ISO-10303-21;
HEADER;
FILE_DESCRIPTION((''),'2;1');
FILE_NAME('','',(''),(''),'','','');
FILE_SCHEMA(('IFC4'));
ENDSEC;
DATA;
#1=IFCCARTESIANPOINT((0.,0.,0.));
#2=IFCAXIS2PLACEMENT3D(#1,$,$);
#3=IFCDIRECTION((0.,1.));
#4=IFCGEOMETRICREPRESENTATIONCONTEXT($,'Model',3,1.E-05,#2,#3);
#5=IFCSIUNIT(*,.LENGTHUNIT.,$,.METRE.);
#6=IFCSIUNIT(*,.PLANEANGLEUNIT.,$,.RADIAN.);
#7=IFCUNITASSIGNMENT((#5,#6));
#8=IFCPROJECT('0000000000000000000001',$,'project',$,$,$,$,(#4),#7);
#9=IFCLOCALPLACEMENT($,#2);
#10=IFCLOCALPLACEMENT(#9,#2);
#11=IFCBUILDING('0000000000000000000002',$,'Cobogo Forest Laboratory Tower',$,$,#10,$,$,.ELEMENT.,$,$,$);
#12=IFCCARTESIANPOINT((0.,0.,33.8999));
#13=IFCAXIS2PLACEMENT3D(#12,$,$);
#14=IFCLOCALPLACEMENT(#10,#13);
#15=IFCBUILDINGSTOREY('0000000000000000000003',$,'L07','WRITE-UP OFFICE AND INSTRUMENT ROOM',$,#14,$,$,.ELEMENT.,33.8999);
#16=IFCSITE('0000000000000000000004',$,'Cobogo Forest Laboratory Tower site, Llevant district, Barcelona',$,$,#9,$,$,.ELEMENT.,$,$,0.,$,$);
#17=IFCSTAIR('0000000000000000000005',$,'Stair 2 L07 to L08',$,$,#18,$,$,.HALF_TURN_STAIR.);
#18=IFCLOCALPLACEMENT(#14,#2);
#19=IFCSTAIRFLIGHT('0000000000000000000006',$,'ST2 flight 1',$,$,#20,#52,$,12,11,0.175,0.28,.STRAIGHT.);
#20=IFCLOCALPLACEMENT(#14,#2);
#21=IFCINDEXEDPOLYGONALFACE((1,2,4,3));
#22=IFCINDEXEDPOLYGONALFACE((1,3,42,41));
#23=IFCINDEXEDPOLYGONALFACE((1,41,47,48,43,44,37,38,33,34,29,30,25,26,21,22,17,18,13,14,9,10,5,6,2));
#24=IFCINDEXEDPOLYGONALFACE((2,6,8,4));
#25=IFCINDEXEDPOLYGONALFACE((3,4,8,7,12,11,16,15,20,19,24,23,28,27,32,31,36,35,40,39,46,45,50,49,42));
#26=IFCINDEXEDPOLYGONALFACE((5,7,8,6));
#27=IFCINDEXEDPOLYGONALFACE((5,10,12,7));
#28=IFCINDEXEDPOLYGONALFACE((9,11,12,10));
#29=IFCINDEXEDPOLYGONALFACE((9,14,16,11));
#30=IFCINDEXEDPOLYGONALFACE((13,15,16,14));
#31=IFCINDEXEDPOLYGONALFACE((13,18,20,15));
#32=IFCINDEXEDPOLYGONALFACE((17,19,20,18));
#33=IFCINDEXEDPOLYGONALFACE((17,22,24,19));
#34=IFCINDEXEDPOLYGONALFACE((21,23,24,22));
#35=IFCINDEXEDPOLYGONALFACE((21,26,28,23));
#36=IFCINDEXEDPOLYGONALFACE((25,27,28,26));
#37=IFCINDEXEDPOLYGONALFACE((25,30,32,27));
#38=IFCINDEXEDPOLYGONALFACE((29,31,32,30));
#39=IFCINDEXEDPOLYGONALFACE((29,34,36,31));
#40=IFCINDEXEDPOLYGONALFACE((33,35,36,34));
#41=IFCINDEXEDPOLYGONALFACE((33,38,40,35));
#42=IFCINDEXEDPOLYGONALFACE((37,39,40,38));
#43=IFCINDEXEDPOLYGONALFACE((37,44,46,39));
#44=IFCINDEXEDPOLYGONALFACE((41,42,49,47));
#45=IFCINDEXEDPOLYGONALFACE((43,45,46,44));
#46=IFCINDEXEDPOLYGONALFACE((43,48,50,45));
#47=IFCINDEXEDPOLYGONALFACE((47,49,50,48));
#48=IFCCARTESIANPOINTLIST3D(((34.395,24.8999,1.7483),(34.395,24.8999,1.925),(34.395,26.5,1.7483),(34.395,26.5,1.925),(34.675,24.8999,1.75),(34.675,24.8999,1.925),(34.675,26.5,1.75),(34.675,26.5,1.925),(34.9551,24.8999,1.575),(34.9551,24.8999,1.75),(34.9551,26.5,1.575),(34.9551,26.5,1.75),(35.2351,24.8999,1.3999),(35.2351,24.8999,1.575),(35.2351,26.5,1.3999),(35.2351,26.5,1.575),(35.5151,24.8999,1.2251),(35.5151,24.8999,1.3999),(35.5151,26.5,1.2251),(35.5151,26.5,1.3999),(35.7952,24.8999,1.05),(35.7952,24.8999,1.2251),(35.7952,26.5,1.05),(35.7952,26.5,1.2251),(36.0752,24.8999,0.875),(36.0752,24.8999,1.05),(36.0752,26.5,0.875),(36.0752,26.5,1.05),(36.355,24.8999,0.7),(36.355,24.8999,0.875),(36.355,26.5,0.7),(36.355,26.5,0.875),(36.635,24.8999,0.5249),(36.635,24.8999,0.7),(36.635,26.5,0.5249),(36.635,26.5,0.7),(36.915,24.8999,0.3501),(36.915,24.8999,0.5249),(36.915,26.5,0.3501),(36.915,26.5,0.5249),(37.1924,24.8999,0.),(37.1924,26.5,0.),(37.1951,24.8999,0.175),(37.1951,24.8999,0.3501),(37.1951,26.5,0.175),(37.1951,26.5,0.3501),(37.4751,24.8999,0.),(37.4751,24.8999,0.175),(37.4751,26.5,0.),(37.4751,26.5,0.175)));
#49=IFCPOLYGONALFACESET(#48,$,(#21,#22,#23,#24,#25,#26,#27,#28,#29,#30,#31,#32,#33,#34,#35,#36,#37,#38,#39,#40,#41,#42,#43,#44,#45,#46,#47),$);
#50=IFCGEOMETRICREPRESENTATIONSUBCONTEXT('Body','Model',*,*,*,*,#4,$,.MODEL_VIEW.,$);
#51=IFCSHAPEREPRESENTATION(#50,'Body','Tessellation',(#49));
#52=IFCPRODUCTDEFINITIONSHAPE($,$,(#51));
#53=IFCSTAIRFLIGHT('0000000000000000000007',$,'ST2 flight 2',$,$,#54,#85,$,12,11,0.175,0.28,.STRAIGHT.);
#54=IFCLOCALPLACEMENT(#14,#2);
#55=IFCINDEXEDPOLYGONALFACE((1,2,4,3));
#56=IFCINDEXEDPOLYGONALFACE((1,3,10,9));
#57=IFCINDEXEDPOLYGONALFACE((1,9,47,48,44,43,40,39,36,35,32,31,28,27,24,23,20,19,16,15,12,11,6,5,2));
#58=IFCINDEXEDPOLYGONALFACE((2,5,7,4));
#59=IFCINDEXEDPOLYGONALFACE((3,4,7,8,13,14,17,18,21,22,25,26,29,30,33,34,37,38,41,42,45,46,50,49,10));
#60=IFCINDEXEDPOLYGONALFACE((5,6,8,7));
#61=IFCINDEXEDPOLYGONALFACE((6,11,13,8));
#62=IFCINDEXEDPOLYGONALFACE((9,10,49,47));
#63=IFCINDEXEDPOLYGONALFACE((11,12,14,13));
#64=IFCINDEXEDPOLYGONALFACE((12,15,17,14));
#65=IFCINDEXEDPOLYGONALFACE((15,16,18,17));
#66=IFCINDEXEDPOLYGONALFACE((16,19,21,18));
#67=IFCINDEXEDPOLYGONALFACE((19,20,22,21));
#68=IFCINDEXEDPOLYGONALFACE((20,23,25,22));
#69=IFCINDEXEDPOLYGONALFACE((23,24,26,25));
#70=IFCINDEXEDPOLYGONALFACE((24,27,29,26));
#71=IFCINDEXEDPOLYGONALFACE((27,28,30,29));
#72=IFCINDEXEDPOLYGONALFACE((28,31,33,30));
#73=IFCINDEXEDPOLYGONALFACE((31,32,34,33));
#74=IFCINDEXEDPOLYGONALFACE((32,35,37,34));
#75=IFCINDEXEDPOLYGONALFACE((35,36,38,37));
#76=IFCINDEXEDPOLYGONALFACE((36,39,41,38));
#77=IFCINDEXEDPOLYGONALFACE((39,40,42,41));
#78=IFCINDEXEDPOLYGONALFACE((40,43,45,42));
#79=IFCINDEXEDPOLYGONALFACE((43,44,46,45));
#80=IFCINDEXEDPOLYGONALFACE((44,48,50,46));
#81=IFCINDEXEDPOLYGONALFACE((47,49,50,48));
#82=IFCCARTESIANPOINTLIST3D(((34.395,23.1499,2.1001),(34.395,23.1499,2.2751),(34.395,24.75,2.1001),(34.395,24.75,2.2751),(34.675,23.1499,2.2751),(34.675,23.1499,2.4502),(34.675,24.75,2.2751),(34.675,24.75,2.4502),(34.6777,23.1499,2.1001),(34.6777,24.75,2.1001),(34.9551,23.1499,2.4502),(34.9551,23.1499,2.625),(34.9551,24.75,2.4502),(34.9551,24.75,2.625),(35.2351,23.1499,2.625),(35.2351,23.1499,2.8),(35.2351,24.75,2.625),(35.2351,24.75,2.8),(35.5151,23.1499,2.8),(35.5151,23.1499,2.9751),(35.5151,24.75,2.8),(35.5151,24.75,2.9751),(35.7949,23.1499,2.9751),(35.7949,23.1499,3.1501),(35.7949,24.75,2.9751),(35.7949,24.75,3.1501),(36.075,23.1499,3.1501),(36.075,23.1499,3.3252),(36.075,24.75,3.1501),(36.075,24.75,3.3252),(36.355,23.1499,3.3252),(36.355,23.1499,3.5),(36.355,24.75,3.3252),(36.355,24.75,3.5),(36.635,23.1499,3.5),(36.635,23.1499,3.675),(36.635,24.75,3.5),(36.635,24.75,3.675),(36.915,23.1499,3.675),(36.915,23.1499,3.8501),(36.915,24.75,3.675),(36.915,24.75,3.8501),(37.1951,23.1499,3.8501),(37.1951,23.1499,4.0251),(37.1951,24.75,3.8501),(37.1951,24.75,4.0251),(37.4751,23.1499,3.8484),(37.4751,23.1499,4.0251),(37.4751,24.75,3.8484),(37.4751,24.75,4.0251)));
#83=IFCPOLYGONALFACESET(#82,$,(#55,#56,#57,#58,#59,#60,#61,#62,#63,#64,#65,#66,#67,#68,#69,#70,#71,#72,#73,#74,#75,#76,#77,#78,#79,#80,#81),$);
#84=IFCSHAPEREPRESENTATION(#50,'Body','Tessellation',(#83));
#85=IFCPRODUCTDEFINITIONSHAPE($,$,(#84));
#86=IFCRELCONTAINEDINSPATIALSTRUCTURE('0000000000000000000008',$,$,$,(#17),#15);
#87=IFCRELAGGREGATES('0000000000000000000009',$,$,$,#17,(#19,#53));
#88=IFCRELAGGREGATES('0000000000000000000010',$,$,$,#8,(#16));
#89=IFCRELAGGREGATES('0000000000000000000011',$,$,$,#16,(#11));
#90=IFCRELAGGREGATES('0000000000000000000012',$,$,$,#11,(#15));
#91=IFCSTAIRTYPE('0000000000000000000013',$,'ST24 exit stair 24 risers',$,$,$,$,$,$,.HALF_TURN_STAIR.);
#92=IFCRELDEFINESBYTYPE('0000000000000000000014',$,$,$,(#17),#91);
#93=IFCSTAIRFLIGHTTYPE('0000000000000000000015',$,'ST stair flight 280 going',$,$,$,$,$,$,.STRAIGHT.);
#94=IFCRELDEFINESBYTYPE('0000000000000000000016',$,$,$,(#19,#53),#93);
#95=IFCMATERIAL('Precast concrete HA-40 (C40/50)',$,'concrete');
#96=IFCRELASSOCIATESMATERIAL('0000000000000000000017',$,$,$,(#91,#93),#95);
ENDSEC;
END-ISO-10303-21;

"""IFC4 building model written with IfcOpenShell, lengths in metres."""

from ifc_helpers import new_model, si_unit, direction, frame, origin, place, context, subcontext, project, spatial, polyline, outline, extrude, material, type_object, element, aggregate, save


model = new_model("IFC4")

# Units and contexts
model_context = context("Model", 3, precision=1e-05, world=origin(), true_north=direction((0.0, 1.0)))
body_context = subcontext(model_context, "Body", "Model", "MODEL_VIEW")
ifc_project = project(units=[si_unit("LENGTHUNIT", "METRE"), si_unit("PLANEANGLEUNIT", "RADIAN")], contexts=[model_context])

# Site, building, storey
site_placement = place(None, origin())
site = spatial("IfcSite", under=ifc_project, at=site_placement, Name="Cobogo Forest Laboratory Tower site, Llevant district, Barcelona", CompositionType="ELEMENT", RefElevation=0.0)
building_placement = place(site_placement, origin())
building = spatial("IfcBuilding", under=site, at=building_placement, Name="Cobogo Forest Laboratory Tower", CompositionType="ELEMENT")
storey_placement = place(building_placement, frame((0.0, 0.0, 33.8999)))
storey = spatial("IfcBuildingStorey", under=building, at=storey_placement, Name="L07", Description="WRITE-UP OFFICE AND INSTRUMENT ROOM", CompositionType="ELEMENT", Elevation=33.8999)

# Stair, stair flights
ifc_material_1 = material(Name="Precast concrete HA-40 (C40/50)", Category="concrete")
stair_type = type_object("IfcStairType", Name="ST24 exit stair 24 risers", PredefinedType="HALF_TURN_STAIR", material=ifc_material_1)
stair_placement = place(storey_placement, origin())
stair = element("IfcStair", 1, at=stair_placement, inside=storey, type_object=stair_type, Name="Stair 2 L07 to L08", PredefinedType="HALF_TURN_STAIR")
stair_flight_type = type_object("IfcStairFlightType", Name="ST stair flight 280 going", PredefinedType="STRAIGHT", material=ifc_material_1)
stair_flight_1_placement = place(storey_placement, frame((37.4751, 25.7, 0.0), z_axis=(0.0, 0.0, 1.0), x_axis=(-1.0, 0.0, 0.0)))
stair_flight_1 = element("IfcStairFlight", 2, at=stair_flight_1_placement, type_object=stair_flight_type, Name="ST2 flight 1", NumberOfRisers=12, NumberOfTreads=11, PredefinedType="STRAIGHT", RiserHeight=0.175, TreadLength=0.28, context=body_context, shape_type="SweptSolid", body=[
    extrude(outline(polyline([(0.0, 0.0), (0.0, 0.175), (0.28, 0.175), (0.28, 0.3501), (0.5601, 0.3501), (0.5601, 0.5249), (0.8401, 0.5249), (0.8401, 0.7), (1.1201, 0.7), (1.1201, 0.875), (1.3999, 0.875), (1.3999, 1.05), (1.6799, 1.05), (1.6799, 1.2251), (1.96, 1.2251), (1.96, 1.3999), (2.24, 1.3999), (2.24, 1.575), (2.52, 1.575), (2.52, 1.75), (2.8, 1.75), (2.8, 1.925), (3.0801, 1.925), (3.0801, 2.1001), (3.0801, 1.7483), (0.2827, 0.0), (0.0, 0.0)])), frame((0.0, 0.8, 0.0), z_axis=(0.0, -1.0, 0.0), x_axis=(1.0, 0.0, 0.0)), (0.0, 0.0, 1.0), 1.6001),
])
stair_flight_2_placement = place(storey_placement, frame((34.395, 23.95, 2.1001), z_axis=(0.0, 0.0, 1.0), x_axis=(1.0, 0.0, 0.0)))
stair_flight_2 = element("IfcStairFlight", 3, at=stair_flight_2_placement, type_object=stair_flight_type, Name="ST2 flight 2", NumberOfRisers=12, NumberOfTreads=11, PredefinedType="STRAIGHT", RiserHeight=0.175, TreadLength=0.28, context=body_context, shape_type="SweptSolid", body=[
    extrude(outline(polyline([(0.0, 0.0), (0.0, 0.175), (0.28, 0.175), (0.28, 0.3501), (0.5601, 0.3501), (0.5601, 0.5249), (0.8401, 0.5249), (0.8401, 0.7), (1.1201, 0.7), (1.1201, 0.875), (1.3999, 0.875), (1.3999, 1.05), (1.6799, 1.05), (1.6799, 1.2251), (1.96, 1.2251), (1.96, 1.3999), (2.24, 1.3999), (2.24, 1.575), (2.52, 1.575), (2.52, 1.75), (2.8, 1.75), (2.8, 1.925), (3.0801, 1.925), (3.0801, 2.1001), (3.0801, 1.7483), (0.2827, 0.0), (0.0, 0.0)])), frame((0.0, 0.8, 0.0), z_axis=(0.0, -1.0, 0.0), x_axis=(1.0, 0.0, 0.0)), (0.0, 0.0, 1.0), 1.6001),
])
aggregate(stair, [stair_flight_1, stair_flight_2])

save(model, "model.ifc")
